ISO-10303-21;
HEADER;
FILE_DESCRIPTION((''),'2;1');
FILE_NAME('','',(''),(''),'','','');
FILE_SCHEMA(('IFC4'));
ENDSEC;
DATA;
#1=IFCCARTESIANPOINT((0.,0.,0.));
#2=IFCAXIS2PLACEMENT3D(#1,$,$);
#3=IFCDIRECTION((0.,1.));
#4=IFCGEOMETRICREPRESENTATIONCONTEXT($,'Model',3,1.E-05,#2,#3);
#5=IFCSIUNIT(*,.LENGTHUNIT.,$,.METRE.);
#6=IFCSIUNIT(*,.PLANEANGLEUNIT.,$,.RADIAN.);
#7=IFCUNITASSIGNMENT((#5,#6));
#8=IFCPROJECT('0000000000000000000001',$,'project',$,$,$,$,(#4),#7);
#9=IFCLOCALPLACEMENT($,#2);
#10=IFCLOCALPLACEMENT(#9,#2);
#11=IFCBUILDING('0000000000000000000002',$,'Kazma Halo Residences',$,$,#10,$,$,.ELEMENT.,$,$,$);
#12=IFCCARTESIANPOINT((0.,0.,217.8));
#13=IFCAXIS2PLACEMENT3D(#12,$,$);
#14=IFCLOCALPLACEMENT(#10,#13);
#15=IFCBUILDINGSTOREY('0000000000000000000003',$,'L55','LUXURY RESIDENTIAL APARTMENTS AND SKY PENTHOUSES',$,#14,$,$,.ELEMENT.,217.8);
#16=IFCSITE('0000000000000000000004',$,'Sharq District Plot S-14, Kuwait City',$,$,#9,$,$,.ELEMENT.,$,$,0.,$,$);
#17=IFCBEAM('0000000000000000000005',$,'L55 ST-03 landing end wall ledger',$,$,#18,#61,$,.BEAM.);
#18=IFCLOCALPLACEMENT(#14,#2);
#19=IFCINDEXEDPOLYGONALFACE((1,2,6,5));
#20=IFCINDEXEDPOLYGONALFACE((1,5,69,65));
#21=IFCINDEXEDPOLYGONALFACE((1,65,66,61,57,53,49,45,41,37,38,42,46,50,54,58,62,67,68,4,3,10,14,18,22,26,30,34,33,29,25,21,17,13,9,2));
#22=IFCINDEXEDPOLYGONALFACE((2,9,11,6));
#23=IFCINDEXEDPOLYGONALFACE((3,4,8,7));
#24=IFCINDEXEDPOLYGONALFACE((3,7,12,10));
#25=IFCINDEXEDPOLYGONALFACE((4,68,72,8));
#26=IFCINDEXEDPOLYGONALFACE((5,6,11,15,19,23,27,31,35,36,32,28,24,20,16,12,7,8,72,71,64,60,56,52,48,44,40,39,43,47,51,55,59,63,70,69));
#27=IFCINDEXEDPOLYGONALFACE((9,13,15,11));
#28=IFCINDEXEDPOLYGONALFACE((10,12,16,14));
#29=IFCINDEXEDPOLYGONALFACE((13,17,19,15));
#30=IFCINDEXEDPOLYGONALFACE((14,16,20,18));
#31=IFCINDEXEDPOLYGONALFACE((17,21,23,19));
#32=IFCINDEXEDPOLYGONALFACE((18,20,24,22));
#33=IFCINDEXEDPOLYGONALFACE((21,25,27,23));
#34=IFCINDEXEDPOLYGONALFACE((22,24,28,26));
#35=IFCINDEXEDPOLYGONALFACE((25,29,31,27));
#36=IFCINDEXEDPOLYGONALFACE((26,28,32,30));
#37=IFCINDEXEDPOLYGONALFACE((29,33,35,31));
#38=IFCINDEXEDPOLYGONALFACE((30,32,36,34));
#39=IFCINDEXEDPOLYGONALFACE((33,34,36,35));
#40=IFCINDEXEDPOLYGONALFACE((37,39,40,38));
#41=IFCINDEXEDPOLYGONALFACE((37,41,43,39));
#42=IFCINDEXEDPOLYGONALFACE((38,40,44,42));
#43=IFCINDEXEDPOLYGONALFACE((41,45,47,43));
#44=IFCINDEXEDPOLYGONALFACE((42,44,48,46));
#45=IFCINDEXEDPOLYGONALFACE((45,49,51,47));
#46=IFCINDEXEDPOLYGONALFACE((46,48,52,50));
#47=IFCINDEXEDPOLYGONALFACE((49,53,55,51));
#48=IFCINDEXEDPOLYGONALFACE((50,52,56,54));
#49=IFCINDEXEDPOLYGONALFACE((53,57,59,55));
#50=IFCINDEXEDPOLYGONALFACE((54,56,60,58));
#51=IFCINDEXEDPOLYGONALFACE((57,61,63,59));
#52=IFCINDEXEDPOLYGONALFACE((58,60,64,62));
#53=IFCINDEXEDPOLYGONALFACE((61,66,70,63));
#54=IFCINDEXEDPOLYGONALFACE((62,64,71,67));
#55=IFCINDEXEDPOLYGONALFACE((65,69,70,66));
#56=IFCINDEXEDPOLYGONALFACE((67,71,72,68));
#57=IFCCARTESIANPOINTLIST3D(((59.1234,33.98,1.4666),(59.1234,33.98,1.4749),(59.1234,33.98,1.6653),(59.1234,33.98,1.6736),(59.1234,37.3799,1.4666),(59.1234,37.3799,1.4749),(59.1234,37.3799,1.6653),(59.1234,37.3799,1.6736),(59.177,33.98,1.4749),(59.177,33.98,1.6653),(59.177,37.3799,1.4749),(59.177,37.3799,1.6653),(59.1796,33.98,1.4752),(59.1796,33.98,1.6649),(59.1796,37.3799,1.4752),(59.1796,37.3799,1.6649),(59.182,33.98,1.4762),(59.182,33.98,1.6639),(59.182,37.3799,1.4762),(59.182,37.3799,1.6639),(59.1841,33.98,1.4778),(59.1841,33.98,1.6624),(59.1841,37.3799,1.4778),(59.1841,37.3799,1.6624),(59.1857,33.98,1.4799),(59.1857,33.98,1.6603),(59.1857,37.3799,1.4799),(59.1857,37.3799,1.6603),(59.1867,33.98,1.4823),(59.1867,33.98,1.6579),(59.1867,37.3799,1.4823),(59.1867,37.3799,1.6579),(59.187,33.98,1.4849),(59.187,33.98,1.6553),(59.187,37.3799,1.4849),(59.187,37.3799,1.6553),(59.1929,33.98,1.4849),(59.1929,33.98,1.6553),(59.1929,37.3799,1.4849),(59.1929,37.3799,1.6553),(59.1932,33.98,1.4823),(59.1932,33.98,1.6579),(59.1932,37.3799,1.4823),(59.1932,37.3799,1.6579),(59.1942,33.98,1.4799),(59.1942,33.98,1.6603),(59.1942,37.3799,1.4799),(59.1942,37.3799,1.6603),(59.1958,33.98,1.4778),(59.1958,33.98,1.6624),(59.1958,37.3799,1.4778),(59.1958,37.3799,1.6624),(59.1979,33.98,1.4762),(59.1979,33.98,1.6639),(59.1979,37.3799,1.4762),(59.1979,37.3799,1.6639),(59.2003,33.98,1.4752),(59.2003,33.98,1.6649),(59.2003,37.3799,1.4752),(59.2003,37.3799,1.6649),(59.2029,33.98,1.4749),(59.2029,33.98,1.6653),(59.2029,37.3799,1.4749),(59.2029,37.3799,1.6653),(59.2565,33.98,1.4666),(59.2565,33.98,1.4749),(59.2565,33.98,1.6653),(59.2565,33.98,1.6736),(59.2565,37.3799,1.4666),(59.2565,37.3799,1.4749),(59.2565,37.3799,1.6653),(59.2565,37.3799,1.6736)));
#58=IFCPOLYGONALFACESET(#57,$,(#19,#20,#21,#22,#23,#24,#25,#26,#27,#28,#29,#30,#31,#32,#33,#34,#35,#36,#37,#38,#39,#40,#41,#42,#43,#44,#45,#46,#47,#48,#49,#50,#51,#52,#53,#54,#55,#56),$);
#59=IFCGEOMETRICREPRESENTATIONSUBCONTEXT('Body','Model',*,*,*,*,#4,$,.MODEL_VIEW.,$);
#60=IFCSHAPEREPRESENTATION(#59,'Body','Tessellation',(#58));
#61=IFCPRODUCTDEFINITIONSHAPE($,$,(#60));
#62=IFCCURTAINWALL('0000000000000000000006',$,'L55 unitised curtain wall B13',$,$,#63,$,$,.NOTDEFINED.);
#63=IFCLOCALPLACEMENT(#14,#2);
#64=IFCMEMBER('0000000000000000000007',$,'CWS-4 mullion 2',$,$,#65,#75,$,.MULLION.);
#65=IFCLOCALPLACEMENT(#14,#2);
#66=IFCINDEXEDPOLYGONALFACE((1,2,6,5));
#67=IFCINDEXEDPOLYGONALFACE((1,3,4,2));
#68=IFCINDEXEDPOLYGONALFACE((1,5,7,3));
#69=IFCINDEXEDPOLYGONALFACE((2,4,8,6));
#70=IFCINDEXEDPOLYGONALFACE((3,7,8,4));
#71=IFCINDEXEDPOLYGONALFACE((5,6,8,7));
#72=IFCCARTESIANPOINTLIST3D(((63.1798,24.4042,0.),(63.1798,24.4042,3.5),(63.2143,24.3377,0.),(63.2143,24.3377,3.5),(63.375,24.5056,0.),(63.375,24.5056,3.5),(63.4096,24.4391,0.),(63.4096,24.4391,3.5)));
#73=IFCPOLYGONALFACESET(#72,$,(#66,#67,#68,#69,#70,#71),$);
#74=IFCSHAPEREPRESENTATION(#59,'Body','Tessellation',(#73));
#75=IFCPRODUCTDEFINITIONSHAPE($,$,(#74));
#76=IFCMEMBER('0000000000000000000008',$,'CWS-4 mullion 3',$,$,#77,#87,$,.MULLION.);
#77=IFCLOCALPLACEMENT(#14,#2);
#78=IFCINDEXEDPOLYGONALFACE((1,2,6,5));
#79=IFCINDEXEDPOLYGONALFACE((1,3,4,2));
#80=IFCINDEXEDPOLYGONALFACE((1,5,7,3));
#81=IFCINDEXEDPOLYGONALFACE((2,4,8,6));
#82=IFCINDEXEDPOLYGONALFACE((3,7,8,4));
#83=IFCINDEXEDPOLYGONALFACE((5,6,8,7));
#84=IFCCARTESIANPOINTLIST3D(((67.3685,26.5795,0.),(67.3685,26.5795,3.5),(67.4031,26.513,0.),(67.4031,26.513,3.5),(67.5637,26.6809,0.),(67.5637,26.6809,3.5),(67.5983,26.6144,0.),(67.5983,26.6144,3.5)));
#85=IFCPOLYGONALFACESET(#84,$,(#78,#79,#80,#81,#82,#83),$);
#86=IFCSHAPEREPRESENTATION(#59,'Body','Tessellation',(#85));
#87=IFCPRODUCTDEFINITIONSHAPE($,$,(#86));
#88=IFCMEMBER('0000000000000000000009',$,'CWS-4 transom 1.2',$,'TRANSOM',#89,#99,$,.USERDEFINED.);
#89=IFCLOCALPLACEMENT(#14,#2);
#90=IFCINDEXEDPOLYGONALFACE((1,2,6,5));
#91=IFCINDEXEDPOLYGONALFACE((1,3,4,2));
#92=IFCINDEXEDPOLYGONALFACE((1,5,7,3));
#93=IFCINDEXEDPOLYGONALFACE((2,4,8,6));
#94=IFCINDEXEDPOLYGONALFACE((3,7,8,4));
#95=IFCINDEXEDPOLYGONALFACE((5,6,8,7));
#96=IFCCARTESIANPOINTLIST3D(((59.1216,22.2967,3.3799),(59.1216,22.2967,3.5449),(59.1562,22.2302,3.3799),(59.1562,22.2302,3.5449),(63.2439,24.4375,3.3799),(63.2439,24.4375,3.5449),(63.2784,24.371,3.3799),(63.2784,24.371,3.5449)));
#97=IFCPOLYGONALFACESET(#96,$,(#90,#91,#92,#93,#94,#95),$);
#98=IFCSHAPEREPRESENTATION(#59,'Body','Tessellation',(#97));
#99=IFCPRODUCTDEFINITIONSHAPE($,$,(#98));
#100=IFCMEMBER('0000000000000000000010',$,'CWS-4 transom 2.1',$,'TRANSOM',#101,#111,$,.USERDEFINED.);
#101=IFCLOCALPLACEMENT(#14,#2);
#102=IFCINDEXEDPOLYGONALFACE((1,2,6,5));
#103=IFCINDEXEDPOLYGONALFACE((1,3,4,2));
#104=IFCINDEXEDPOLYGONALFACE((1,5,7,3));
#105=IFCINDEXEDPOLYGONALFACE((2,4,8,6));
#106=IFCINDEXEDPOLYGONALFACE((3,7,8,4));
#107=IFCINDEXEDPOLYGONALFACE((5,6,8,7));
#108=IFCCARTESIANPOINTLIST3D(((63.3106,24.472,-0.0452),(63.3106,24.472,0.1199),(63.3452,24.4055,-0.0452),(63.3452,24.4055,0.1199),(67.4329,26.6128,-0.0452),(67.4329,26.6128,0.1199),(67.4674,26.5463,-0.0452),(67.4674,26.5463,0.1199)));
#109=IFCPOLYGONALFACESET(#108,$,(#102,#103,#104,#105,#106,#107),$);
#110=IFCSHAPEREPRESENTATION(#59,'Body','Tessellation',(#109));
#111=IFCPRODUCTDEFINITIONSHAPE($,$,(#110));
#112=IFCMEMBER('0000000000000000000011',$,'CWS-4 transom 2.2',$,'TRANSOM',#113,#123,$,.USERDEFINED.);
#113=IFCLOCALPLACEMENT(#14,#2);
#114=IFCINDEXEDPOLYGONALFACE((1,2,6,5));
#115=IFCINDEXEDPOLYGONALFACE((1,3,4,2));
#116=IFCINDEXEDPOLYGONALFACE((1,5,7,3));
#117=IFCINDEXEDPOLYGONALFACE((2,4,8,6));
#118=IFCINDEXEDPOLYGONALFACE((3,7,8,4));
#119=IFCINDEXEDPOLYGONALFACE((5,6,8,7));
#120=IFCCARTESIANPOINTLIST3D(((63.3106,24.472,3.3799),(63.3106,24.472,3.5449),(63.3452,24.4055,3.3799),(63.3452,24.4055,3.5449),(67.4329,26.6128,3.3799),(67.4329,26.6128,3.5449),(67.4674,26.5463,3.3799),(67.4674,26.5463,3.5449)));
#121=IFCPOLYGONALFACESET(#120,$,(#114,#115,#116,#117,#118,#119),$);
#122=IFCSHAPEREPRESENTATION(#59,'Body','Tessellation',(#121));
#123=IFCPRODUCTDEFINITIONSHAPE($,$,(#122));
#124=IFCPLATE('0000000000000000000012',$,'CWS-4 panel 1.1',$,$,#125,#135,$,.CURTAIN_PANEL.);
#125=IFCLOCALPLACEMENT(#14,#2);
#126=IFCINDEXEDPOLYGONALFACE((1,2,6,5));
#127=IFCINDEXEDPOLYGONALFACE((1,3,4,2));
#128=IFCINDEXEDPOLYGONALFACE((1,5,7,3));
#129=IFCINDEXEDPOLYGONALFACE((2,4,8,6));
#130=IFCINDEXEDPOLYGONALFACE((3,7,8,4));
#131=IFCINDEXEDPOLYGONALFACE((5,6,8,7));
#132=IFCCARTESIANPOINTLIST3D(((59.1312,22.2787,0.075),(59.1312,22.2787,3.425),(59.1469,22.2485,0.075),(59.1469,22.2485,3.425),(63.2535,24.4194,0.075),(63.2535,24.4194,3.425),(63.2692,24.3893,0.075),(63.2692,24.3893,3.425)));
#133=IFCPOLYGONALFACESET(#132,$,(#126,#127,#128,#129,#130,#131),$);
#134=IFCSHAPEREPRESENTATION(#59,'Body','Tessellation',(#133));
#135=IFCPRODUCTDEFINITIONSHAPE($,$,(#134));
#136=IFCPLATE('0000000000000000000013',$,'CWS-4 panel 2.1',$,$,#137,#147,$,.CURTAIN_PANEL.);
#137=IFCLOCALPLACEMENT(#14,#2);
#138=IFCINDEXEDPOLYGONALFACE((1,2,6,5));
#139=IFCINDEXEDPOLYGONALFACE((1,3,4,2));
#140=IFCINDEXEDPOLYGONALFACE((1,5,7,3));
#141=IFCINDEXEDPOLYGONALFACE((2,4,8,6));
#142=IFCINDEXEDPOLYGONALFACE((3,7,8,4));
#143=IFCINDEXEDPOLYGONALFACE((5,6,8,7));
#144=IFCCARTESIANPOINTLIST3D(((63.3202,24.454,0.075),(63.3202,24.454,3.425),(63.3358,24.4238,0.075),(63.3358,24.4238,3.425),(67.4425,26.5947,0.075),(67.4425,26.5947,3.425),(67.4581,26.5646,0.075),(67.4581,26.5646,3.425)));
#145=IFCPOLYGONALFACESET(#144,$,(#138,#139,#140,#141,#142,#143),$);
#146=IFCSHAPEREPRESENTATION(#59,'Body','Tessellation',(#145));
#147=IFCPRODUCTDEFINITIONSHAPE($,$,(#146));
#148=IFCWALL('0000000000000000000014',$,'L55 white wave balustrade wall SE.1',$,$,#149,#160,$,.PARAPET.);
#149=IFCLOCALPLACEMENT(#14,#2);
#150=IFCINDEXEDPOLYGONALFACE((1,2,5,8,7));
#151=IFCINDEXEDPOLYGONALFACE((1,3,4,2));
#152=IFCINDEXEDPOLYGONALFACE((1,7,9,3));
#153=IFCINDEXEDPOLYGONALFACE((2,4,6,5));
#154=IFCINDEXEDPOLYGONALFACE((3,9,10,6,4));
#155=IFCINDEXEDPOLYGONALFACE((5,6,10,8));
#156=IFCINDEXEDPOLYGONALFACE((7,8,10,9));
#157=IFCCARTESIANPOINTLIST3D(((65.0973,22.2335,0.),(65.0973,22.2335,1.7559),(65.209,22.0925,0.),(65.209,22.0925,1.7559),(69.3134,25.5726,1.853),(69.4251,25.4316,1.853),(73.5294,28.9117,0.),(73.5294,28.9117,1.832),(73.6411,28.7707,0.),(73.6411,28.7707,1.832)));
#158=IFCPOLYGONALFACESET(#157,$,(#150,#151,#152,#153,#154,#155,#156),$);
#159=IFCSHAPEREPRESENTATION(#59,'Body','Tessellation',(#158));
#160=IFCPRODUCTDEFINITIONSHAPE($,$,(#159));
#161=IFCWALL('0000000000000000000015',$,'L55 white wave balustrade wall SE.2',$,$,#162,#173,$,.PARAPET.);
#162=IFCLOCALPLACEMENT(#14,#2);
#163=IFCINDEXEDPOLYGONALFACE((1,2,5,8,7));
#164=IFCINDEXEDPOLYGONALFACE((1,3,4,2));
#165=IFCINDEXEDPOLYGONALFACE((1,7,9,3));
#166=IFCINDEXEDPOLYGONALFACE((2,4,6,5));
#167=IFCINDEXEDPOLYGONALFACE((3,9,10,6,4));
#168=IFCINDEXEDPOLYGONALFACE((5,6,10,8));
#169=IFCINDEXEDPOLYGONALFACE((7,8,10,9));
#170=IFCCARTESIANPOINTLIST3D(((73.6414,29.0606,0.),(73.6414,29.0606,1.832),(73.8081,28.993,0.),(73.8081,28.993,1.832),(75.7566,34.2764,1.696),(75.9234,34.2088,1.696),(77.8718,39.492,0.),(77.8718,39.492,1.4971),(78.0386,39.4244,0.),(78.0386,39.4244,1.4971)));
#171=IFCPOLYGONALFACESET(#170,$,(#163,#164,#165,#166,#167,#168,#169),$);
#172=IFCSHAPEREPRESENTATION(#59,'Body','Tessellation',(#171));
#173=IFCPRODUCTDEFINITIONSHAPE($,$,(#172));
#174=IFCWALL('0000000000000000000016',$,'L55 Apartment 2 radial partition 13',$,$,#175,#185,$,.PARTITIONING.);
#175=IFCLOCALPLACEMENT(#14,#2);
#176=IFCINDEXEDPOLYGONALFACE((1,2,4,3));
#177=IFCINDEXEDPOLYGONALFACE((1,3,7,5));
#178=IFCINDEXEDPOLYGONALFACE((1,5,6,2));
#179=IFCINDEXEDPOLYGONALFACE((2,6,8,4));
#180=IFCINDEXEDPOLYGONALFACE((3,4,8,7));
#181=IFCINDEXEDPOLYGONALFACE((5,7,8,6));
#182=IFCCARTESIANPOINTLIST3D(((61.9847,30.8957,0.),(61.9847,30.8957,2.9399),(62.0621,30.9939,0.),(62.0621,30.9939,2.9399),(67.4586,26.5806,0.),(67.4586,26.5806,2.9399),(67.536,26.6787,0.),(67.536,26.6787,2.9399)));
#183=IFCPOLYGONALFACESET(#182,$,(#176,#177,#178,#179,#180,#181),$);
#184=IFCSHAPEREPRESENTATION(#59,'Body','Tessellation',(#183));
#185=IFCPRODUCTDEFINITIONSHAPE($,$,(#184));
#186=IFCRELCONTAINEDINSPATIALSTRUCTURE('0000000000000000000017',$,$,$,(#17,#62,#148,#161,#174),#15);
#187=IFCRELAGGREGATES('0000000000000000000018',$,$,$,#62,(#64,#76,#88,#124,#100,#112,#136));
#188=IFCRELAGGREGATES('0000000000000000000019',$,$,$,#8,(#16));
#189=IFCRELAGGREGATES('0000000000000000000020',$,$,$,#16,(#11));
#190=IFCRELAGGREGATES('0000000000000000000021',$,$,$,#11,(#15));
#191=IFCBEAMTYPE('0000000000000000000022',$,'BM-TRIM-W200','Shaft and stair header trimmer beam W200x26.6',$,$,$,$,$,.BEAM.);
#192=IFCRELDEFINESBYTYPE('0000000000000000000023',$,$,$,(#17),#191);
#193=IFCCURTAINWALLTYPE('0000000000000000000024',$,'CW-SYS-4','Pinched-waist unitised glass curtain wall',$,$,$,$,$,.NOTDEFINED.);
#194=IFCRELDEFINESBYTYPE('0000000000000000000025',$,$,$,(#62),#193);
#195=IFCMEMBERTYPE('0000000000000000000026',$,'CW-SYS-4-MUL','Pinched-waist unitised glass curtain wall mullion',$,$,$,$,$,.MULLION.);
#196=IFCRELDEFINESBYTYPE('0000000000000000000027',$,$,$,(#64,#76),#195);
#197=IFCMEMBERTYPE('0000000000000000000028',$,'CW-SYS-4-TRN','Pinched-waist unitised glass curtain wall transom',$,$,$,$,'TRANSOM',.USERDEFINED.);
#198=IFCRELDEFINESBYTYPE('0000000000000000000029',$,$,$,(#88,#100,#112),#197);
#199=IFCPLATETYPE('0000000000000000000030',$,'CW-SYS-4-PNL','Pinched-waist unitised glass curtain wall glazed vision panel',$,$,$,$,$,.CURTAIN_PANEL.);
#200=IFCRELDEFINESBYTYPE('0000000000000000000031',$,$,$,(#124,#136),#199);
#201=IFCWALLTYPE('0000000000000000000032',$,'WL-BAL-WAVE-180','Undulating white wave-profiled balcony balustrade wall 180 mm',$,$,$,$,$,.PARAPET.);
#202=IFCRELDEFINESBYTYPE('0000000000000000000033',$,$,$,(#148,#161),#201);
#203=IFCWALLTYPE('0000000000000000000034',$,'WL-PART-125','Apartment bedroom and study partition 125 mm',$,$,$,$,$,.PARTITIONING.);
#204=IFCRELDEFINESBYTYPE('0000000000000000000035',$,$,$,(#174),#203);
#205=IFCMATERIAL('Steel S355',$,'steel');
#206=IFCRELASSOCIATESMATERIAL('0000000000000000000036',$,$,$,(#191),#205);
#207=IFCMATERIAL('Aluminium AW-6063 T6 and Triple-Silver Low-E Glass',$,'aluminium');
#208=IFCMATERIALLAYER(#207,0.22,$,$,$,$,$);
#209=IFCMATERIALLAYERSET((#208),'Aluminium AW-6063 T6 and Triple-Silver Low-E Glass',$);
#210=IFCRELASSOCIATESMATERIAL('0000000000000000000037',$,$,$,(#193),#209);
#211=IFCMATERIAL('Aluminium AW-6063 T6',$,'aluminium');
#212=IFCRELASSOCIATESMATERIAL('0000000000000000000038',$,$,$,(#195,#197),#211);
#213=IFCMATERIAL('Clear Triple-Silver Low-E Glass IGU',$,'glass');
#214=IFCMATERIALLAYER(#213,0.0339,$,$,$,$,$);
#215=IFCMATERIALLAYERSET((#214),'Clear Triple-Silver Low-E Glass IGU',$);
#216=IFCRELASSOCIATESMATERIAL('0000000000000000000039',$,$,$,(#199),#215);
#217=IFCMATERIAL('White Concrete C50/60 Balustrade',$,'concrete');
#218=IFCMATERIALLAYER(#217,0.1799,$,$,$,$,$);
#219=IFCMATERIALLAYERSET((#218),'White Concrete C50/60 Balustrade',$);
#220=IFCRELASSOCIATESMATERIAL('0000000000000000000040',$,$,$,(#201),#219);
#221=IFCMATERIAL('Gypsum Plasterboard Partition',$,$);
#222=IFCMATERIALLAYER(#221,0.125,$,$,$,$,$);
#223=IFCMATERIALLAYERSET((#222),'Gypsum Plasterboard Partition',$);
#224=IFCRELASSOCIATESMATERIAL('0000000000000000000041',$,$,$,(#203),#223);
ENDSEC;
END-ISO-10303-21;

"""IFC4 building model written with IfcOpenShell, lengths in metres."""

from ifc_helpers import new_model, si_unit, direction, frame, frame_2d, origin, origin_2d, place, context, subcontext, project, spatial, polyline, rectangle, i_section, outline, extrude, material, layer, layer_set, material_profile, profile_set, type_object, element, aggregate, save


model = new_model("IFC4")

# Units and contexts
model_context = context("Model", 3, precision=1e-05, world=origin(), true_north=direction((0.0, 1.0)))
body_context = subcontext(model_context, "Body", "Model", "MODEL_VIEW")
ifc_project = project(units=[si_unit("LENGTHUNIT", "METRE"), si_unit("PLANEANGLEUNIT", "RADIAN")], contexts=[model_context])

# Site, building, storey
site_placement = place(None, origin())
site = spatial("IfcSite", under=ifc_project, at=site_placement, Name="Sharq District Plot S-14, Kuwait City", CompositionType="ELEMENT", RefElevation=0.0)
building_placement = place(site_placement, origin())
building = spatial("IfcBuilding", under=site, at=building_placement, Name="Kazma Halo Residences", CompositionType="ELEMENT")
storey_placement = place(building_placement, frame((0.0, 0.0, 217.8)))
storey = spatial("IfcBuildingStorey", under=building, at=storey_placement, Name="L55", Description="LUXURY RESIDENTIAL APARTMENTS AND SKY PENTHOUSES", CompositionType="ELEMENT", Elevation=217.8)

# Beam
ifc_material_1 = material(Name="Steel S355", Category="steel")
ifc_material_profile_1 = material_profile(ifc_material_1, i_section(OverallWidth=0.1331, OverallDepth=0.207, WebThickness=0.0059, FlangeThickness=0.0083, FilletRadius=0.01, at=origin_2d()), Name="W200x26.6")
ifc_profile_set_1 = profile_set([ifc_material_profile_1], Name="Steel S355")
beam_type_1 = type_object("IfcBeamType", Name="BM-TRIM-W200", Description="Shaft and stair header trimmer beam W200x26.6", PredefinedType="BEAM", material=ifc_profile_set_1)
beam_1_placement = place(storey_placement, frame((59.1899, 33.98, 1.5701), z_axis=(0.0, 1.0, 0.0), x_axis=(-1.0, 0.0, 0.0)))
element("IfcBeam", 1, at=beam_1_placement, inside=storey, type_object=beam_type_1, Name="L55 ST-03 landing end wall ledger", PredefinedType="BEAM", context=body_context, shape_type="SweptSolid", body=[
    extrude(i_section(OverallWidth=0.1331, OverallDepth=0.207, WebThickness=0.0059, FlangeThickness=0.0083, FilletRadius=0.01, at=origin_2d()), origin(), (0.0, 0.0, 1.0), 3.3999),
])

# Curtain wall, members, plates
ifc_material_2 = material(Name="Aluminium AW-6063 T6 and Triple-Silver Low-E Glass", Category="aluminium")
ifc_layer_1 = layer(ifc_material_2, 0.22)
ifc_layer_set_1 = layer_set([ifc_layer_1], Name="Aluminium AW-6063 T6 and Triple-Silver Low-E Glass")
curtain_wall_type = type_object("IfcCurtainWallType", Name="CW-SYS-4", Description="Pinched-waist unitised glass curtain wall", PredefinedType="NOTDEFINED", material=ifc_layer_set_1)
curtain_wall_placement = place(storey_placement, origin())
curtain_wall = element("IfcCurtainWall", 2, at=curtain_wall_placement, inside=storey, type_object=curtain_wall_type, Name="L55 unitised curtain wall B13", PredefinedType="NOTDEFINED")
ifc_material_3 = material(Name="Aluminium AW-6063 T6", Category="aluminium")
ifc_material_profile_2 = material_profile(ifc_material_3, rectangle(XDim=0.075, YDim=0.22, at=origin_2d()), Name="CWM-75x220")
ifc_profile_set_2 = profile_set([ifc_material_profile_2], Name="Aluminium AW-6063 T6")
member_type_1 = type_object("IfcMemberType", Name="CW-SYS-4-MUL", Description="Pinched-waist unitised glass curtain wall mullion", PredefinedType="MULLION", material=ifc_profile_set_2)
member_1_placement = place(storey_placement, frame((63.2947, 24.4216, 0.0), z_axis=(0.0, 0.0, 1.0), x_axis=(-0.460874, 0.887466, 0.0)))
member_1 = element("IfcMember", 3, at=member_1_placement, type_object=member_type_1, Name="CWS-4 mullion 2", PredefinedType="MULLION", context=body_context, shape_type="SweptSolid", body=[
    extrude(rectangle(XDim=0.075, YDim=0.22, at=origin_2d()), origin(), (0.0, 0.0, 1.0), 3.5),
])
member_2_placement = place(storey_placement, frame((67.4834, 26.5969, 0.0), z_axis=(0.0, 0.0, 1.0), x_axis=(-0.460874, 0.887466, 0.0)))
member_2 = element("IfcMember", 4, at=member_2_placement, type_object=member_type_1, Name="CWS-4 mullion 3", PredefinedType="MULLION", context=body_context, shape_type="SweptSolid", body=[
    extrude(rectangle(XDim=0.075, YDim=0.22, at=origin_2d()), origin(), (0.0, 0.0, 1.0), 3.5),
])
ifc_material_profile_3 = material_profile(ifc_material_3, rectangle(XDim=0.075, YDim=0.165, at=origin_2d()), Name="CWT-75x165")
ifc_profile_set_3 = profile_set([ifc_material_profile_3], Name="Aluminium AW-6063 T6")
member_type_2 = type_object("IfcMemberType", Name="CW-SYS-4-TRN", Description="Pinched-waist unitised glass curtain wall transom", ElementType="TRANSOM", PredefinedType="USERDEFINED", material=ifc_profile_set_3)
member_3_placement = place(storey_placement, frame((59.1389, 22.2634, 3.4624), z_axis=(0.887458, 0.460889, 0.0), x_axis=(-0.460889, 0.887458, 0.0)))
member_3 = element("IfcMember", 5, at=member_3_placement, type_object=member_type_2, Name="CWS-4 transom 1.2", ObjectType="TRANSOM", PredefinedType="USERDEFINED", context=body_context, shape_type="SweptSolid", body=[
    extrude(rectangle(XDim=0.075, YDim=0.165, at=origin_2d()), origin(), (0.0, 0.0, 1.0), 4.645),
])
member_4_placement = place(storey_placement, frame((63.3279, 24.4387, 0.0374), z_axis=(0.887458, 0.460889, 0.0), x_axis=(-0.460889, 0.887458, 0.0)))
member_4 = element("IfcMember", 6, at=member_4_placement, type_object=member_type_2, Name="CWS-4 transom 2.1", ObjectType="TRANSOM", PredefinedType="USERDEFINED", context=body_context, shape_type="SweptSolid", body=[
    extrude(rectangle(XDim=0.075, YDim=0.165, at=origin_2d()), origin(), (0.0, 0.0, 1.0), 4.645),
])
member_5_placement = place(storey_placement, frame((63.3279, 24.4387, 3.4624), z_axis=(0.887458, 0.460889, 0.0), x_axis=(-0.460889, 0.887458, 0.0)))
member_5 = element("IfcMember", 7, at=member_5_placement, type_object=member_type_2, Name="CWS-4 transom 2.2", ObjectType="TRANSOM", PredefinedType="USERDEFINED", context=body_context, shape_type="SweptSolid", body=[
    extrude(rectangle(XDim=0.075, YDim=0.165, at=origin_2d()), origin(), (0.0, 0.0, 1.0), 4.645),
])
ifc_material_4 = material(Name="Clear Triple-Silver Low-E Glass IGU", Category="glass")
ifc_layer_2 = layer(ifc_material_4, 0.0339)
ifc_layer_set_2 = layer_set([ifc_layer_2], Name="Clear Triple-Silver Low-E Glass IGU")
plate_type = type_object("IfcPlateType", Name="CW-SYS-4-PNL", Description="Pinched-waist unitised glass curtain wall glazed vision panel", PredefinedType="CURTAIN_PANEL", material=ifc_layer_set_2)
plate_1_placement = place(storey_placement, frame((61.2002, 23.334, 0.075), z_axis=(0.0, 0.0, 1.0), x_axis=(0.887466, 0.460874, 0.0)))
plate_1 = element("IfcPlate", 8, at=plate_1_placement, type_object=plate_type, Name="CWS-4 panel 1.1", PredefinedType="CURTAIN_PANEL", context=body_context, shape_type="SweptSolid", body=[
    extrude(rectangle(XDim=4.645, YDim=0.0339, at=origin_2d()), origin(), (0.0, 0.0, 1.0), 3.3501),
])
plate_2_placement = place(storey_placement, frame((65.3892, 25.5093, 0.075), z_axis=(0.0, 0.0, 1.0), x_axis=(0.887466, 0.460874, 0.0)))
plate_2 = element("IfcPlate", 9, at=plate_2_placement, type_object=plate_type, Name="CWS-4 panel 2.1", PredefinedType="CURTAIN_PANEL", context=body_context, shape_type="SweptSolid", body=[
    extrude(rectangle(XDim=4.645, YDim=0.0339, at=origin_2d()), origin(), (0.0, 0.0, 1.0), 3.3501),
])
aggregate(curtain_wall, [member_1, member_2, member_3, plate_1, member_4, member_5, plate_2])

# Walls
ifc_material_5 = material(Name="White Concrete C50/60 Balustrade", Category="concrete")
ifc_layer_3 = layer(ifc_material_5, 0.1799)
ifc_layer_set_3 = layer_set([ifc_layer_3], Name="White Concrete C50/60 Balustrade")
wall_type_1 = type_object("IfcWallType", Name="WL-BAL-WAVE-180", Description="Undulating white wave-profiled balcony balustrade wall 180 mm", PredefinedType="PARAPET", material=ifc_layer_set_3)
wall_1_placement = place(storey_placement, frame((65.1531, 22.1631, 0.0), z_axis=(0.0, 0.0, 1.0), x_axis=(0.78392, 0.620862, 0.0)))
element("IfcWall", 10, at=wall_1_placement, inside=storey, type_object=wall_type_1, Name="L55 white wave balustrade wall SE.1", PredefinedType="PARAPET", context=body_context, shape_type="SweptSolid", body=[
    extrude(outline(polyline([(0.0, 0.0), (10.7563, 0.0), (10.7563, 1.832), (5.3782, 1.853), (0.0, 1.7559), (0.0, 0.0)])), frame((0.0, 0.0898, 0.0), z_axis=(0.0, -1.0, 0.0), x_axis=(1.0, 0.0, 0.0)), (0.0, 0.0, 1.0), 0.1799),
])
wall_2_placement = place(storey_placement, frame((73.7246, 29.0269, 0.0), z_axis=(0.0, 0.0, 1.0), x_axis=(0.375821, 0.926692, 0.0)))
element("IfcWall", 11, at=wall_2_placement, inside=storey, type_object=wall_type_1, Name="L55 white wave balustrade wall SE.2", PredefinedType="PARAPET", context=body_context, shape_type="SweptSolid", body=[
    extrude(outline(polyline([(0.0, 0.0), (11.2566, 0.0), (11.2566, 1.4971), (5.6284, 1.696), (0.0, 1.832), (0.0, 0.0)])), frame((0.0, 0.0898, 0.0), z_axis=(0.0, -1.0, 0.0), x_axis=(1.0, 0.0, 0.0)), (0.0, 0.0, 1.0), 0.1799),
])

# Wall
ifc_material_6 = material(Name="Gypsum Plasterboard Partition")
ifc_layer_4 = layer(ifc_material_6, 0.125)
ifc_layer_set_4 = layer_set([ifc_layer_4], Name="Gypsum Plasterboard Partition")
wall_type_2 = type_object("IfcWallType", Name="WL-PART-125", Description="Apartment bedroom and study partition 125 mm", PredefinedType="PARTITIONING", material=ifc_layer_set_4)
wall_3_placement = place(storey_placement, frame((62.0234, 30.9448, 0.0), z_axis=(0.0, 0.0, 1.0), x_axis=(0.785322, -0.619088, 0.0)))
element("IfcWall", 12, at=wall_3_placement, inside=storey, type_object=wall_type_2, Name="L55 Apartment 2 radial partition 13", PredefinedType="PARTITIONING", context=body_context, shape_type="SweptSolid", body=[
    extrude(rectangle(XDim=6.9702, YDim=0.125, at=frame_2d((3.4851, 0.0))), origin(), (0.0, 0.0, 1.0), 2.9399),
])

save(model, "model.ifc")
